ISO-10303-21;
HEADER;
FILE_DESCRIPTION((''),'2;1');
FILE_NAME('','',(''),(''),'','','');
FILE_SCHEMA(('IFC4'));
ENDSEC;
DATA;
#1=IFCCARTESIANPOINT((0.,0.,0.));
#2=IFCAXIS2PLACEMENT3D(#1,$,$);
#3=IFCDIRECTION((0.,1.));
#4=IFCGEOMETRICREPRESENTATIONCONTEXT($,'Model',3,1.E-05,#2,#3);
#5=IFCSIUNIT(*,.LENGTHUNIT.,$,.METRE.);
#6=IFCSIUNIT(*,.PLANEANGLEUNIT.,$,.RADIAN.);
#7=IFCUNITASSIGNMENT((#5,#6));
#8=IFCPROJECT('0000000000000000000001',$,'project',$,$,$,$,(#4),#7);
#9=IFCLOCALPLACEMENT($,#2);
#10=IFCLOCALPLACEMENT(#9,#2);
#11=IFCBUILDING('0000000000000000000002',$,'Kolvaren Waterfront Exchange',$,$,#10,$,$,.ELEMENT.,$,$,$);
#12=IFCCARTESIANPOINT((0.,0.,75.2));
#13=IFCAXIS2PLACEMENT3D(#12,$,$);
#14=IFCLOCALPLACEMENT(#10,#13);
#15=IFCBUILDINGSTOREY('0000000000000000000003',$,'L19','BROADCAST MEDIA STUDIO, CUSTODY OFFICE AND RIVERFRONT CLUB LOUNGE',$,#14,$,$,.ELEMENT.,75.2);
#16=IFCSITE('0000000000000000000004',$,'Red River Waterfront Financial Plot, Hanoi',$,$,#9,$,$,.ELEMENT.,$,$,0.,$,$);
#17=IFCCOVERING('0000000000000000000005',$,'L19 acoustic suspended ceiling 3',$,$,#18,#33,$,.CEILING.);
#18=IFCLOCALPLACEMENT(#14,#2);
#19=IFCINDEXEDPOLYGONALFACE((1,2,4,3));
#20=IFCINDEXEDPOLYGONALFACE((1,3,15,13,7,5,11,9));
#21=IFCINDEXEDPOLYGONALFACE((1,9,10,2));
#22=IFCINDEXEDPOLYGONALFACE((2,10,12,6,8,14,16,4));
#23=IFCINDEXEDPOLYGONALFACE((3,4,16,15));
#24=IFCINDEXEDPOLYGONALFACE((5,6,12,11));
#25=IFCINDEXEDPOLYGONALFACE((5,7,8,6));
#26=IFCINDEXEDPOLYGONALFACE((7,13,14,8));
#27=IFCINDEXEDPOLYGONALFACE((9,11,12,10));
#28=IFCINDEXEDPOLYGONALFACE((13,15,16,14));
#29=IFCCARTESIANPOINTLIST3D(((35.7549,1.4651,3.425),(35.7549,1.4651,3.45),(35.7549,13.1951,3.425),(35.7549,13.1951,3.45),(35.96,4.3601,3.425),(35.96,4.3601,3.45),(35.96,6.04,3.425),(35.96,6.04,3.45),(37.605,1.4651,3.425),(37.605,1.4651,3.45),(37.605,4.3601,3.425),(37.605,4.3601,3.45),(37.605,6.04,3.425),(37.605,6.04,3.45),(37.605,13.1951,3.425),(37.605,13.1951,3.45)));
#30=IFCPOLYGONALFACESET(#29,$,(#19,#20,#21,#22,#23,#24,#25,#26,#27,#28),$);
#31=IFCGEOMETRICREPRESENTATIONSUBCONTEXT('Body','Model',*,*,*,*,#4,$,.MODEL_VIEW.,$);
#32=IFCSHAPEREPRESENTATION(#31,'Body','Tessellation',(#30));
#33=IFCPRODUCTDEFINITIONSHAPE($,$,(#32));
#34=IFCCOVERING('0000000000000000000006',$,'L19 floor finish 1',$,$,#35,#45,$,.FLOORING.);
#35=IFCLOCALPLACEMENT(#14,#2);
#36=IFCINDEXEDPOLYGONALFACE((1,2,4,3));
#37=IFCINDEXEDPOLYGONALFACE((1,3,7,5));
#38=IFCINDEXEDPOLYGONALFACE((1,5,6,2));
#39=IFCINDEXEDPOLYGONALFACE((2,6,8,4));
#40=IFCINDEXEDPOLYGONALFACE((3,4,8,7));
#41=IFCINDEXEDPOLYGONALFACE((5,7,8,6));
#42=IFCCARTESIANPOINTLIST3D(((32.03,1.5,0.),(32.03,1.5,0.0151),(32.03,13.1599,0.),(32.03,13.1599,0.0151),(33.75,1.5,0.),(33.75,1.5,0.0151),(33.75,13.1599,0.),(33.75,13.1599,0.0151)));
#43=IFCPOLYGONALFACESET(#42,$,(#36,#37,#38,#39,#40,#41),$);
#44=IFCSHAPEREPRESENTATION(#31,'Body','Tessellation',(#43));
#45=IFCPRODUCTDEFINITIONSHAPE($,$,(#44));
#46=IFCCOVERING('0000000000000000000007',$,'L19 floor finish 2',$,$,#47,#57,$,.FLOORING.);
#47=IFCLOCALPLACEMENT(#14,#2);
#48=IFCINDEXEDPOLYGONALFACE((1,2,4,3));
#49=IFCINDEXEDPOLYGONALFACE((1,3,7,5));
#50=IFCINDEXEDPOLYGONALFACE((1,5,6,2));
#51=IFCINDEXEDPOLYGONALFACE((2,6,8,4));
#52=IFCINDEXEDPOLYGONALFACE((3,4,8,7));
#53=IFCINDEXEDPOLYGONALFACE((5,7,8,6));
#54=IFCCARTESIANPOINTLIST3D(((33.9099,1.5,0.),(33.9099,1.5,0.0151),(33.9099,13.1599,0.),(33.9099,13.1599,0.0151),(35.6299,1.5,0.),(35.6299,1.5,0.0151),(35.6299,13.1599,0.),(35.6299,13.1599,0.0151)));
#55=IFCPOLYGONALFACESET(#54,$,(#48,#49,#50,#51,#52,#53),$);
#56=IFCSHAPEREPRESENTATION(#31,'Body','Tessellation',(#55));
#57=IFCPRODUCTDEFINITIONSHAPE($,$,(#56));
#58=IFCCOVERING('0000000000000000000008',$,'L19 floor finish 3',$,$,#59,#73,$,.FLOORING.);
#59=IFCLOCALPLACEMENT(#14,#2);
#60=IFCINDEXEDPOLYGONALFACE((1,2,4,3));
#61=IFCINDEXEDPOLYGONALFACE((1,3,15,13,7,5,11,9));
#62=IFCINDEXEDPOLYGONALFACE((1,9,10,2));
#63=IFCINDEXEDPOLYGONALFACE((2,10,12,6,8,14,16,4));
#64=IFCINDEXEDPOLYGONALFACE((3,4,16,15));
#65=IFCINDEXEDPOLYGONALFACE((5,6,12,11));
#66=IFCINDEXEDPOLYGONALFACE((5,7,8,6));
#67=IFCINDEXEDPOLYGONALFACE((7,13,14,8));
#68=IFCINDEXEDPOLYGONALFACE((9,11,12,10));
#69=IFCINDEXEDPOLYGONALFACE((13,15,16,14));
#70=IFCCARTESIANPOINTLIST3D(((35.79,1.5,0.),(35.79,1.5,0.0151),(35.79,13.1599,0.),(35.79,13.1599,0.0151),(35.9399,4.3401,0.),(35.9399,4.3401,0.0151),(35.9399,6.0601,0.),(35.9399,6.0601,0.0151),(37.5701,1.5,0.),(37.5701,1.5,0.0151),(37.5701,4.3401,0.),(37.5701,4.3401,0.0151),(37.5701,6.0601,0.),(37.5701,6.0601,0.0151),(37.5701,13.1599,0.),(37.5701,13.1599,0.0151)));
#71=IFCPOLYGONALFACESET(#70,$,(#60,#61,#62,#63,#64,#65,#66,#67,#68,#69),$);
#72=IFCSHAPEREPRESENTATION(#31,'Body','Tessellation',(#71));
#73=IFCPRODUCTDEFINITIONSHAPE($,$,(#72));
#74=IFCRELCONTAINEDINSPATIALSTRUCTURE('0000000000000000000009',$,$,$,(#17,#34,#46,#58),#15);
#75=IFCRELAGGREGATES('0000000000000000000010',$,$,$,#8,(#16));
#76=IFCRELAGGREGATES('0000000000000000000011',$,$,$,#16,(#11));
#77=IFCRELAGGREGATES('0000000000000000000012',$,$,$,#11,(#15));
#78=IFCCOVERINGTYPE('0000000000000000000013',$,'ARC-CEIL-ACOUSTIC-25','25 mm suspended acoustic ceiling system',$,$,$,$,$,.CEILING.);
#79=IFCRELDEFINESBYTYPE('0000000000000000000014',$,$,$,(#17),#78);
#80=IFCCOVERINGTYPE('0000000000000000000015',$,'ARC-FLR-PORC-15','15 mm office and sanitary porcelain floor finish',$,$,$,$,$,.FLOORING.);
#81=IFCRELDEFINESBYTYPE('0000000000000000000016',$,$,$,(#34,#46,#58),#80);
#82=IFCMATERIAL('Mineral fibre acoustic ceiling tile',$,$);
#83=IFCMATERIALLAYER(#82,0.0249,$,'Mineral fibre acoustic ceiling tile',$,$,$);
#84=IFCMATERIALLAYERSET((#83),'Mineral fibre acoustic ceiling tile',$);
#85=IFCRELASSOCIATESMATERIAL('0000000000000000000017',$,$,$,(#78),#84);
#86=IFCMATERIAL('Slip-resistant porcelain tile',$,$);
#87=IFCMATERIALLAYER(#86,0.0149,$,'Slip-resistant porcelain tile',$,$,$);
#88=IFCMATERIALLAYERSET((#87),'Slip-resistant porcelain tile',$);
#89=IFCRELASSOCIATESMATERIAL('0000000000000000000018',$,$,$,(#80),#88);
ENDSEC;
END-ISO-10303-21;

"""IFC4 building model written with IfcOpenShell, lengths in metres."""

from ifc_helpers import new_model, si_unit, direction, frame, origin, place, context, subcontext, project, spatial, polyline, outline, extrude, material, layer, layer_set, type_object, element, save


model = new_model("IFC4")

# Units and contexts
model_context = context("Model", 3, precision=1e-05, world=origin(), true_north=direction((0.0, 1.0)))
body_context = subcontext(model_context, "Body", "Model", "MODEL_VIEW")
ifc_project = project(units=[si_unit("LENGTHUNIT", "METRE"), si_unit("PLANEANGLEUNIT", "RADIAN")], contexts=[model_context])

# Site, building, storey
site_placement = place(None, origin())
site = spatial("IfcSite", under=ifc_project, at=site_placement, Name="Red River Waterfront Financial Plot, Hanoi", CompositionType="ELEMENT", RefElevation=0.0)
building_placement = place(site_placement, origin())
building = spatial("IfcBuilding", under=site, at=building_placement, Name="Kolvaren Waterfront Exchange", CompositionType="ELEMENT")
storey_placement = place(building_placement, frame((0.0, 0.0, 75.2)))
storey = spatial("IfcBuildingStorey", under=building, at=storey_placement, Name="L19", Description="BROADCAST MEDIA STUDIO, CUSTODY OFFICE AND RIVERFRONT CLUB LOUNGE", CompositionType="ELEMENT", Elevation=75.2)

# Coverings
ifc_material_1 = material(Name="Mineral fibre acoustic ceiling tile")
ifc_layer_1 = layer(ifc_material_1, 0.0249, Name="Mineral fibre acoustic ceiling tile")
ifc_layer_set_1 = layer_set([ifc_layer_1], Name="Mineral fibre acoustic ceiling tile")
covering_type_1 = type_object("IfcCoveringType", Name="ARC-CEIL-ACOUSTIC-25", Description="25 mm suspended acoustic ceiling system", PredefinedType="CEILING", material=ifc_layer_set_1)
covering_1_placement = place(storey_placement, frame((0.0, 0.0, 3.425)))
element("IfcCovering", 1, at=covering_1_placement, inside=storey, type_object=covering_type_1, Name="L19 acoustic suspended ceiling 3", PredefinedType="CEILING", context=body_context, shape_type="SweptSolid", body=[
    extrude(outline(polyline([(37.605, 4.3601), (35.96, 4.3601), (35.96, 6.04), (37.605, 6.04), (37.605, 13.1951), (35.7549, 13.1951), (35.7549, 1.4651), (37.605, 1.4651), (37.605, 4.3601)])), origin(), (0.0, 0.0, 1.0), 0.0249),
])
ifc_material_2 = material(Name="Slip-resistant porcelain tile")
ifc_layer_2 = layer(ifc_material_2, 0.0149, Name="Slip-resistant porcelain tile")
ifc_layer_set_2 = layer_set([ifc_layer_2], Name="Slip-resistant porcelain tile")
covering_type_2 = type_object("IfcCoveringType", Name="ARC-FLR-PORC-15", Description="15 mm office and sanitary porcelain floor finish", PredefinedType="FLOORING", material=ifc_layer_set_2)
covering_2_placement = place(storey_placement, origin())
element("IfcCovering", 2, at=covering_2_placement, inside=storey, type_object=covering_type_2, Name="L19 floor finish 1", PredefinedType="FLOORING", context=body_context, shape_type="SweptSolid", body=[
    extrude(outline(polyline([(32.03, 13.1599), (32.03, 1.5), (33.75, 1.5), (33.75, 13.1599), (32.03, 13.1599)])), origin(), (0.0, 0.0, 1.0), 0.0151),
])
covering_3_placement = place(storey_placement, origin())
element("IfcCovering", 3, at=covering_3_placement, inside=storey, type_object=covering_type_2, Name="L19 floor finish 2", PredefinedType="FLOORING", context=body_context, shape_type="SweptSolid", body=[
    extrude(outline(polyline([(33.9099, 13.1599), (33.9099, 1.5), (35.6299, 1.5), (35.6299, 13.1599), (33.9099, 13.1599)])), origin(), (0.0, 0.0, 1.0), 0.0151),
])
covering_4_placement = place(storey_placement, origin())
element("IfcCovering", 4, at=covering_4_placement, inside=storey, type_object=covering_type_2, Name="L19 floor finish 3", PredefinedType="FLOORING", context=body_context, shape_type="SweptSolid", body=[
    extrude(outline(polyline([(35.79, 13.1599), (35.79, 1.5), (37.5701, 1.5), (37.5701, 4.3401), (35.9399, 4.3401), (35.9399, 6.0601), (37.5701, 6.0601), (37.5701, 13.1599), (35.79, 13.1599)])), origin(), (0.0, 0.0, 1.0), 0.0151),
])

save(model, "model.ifc")
